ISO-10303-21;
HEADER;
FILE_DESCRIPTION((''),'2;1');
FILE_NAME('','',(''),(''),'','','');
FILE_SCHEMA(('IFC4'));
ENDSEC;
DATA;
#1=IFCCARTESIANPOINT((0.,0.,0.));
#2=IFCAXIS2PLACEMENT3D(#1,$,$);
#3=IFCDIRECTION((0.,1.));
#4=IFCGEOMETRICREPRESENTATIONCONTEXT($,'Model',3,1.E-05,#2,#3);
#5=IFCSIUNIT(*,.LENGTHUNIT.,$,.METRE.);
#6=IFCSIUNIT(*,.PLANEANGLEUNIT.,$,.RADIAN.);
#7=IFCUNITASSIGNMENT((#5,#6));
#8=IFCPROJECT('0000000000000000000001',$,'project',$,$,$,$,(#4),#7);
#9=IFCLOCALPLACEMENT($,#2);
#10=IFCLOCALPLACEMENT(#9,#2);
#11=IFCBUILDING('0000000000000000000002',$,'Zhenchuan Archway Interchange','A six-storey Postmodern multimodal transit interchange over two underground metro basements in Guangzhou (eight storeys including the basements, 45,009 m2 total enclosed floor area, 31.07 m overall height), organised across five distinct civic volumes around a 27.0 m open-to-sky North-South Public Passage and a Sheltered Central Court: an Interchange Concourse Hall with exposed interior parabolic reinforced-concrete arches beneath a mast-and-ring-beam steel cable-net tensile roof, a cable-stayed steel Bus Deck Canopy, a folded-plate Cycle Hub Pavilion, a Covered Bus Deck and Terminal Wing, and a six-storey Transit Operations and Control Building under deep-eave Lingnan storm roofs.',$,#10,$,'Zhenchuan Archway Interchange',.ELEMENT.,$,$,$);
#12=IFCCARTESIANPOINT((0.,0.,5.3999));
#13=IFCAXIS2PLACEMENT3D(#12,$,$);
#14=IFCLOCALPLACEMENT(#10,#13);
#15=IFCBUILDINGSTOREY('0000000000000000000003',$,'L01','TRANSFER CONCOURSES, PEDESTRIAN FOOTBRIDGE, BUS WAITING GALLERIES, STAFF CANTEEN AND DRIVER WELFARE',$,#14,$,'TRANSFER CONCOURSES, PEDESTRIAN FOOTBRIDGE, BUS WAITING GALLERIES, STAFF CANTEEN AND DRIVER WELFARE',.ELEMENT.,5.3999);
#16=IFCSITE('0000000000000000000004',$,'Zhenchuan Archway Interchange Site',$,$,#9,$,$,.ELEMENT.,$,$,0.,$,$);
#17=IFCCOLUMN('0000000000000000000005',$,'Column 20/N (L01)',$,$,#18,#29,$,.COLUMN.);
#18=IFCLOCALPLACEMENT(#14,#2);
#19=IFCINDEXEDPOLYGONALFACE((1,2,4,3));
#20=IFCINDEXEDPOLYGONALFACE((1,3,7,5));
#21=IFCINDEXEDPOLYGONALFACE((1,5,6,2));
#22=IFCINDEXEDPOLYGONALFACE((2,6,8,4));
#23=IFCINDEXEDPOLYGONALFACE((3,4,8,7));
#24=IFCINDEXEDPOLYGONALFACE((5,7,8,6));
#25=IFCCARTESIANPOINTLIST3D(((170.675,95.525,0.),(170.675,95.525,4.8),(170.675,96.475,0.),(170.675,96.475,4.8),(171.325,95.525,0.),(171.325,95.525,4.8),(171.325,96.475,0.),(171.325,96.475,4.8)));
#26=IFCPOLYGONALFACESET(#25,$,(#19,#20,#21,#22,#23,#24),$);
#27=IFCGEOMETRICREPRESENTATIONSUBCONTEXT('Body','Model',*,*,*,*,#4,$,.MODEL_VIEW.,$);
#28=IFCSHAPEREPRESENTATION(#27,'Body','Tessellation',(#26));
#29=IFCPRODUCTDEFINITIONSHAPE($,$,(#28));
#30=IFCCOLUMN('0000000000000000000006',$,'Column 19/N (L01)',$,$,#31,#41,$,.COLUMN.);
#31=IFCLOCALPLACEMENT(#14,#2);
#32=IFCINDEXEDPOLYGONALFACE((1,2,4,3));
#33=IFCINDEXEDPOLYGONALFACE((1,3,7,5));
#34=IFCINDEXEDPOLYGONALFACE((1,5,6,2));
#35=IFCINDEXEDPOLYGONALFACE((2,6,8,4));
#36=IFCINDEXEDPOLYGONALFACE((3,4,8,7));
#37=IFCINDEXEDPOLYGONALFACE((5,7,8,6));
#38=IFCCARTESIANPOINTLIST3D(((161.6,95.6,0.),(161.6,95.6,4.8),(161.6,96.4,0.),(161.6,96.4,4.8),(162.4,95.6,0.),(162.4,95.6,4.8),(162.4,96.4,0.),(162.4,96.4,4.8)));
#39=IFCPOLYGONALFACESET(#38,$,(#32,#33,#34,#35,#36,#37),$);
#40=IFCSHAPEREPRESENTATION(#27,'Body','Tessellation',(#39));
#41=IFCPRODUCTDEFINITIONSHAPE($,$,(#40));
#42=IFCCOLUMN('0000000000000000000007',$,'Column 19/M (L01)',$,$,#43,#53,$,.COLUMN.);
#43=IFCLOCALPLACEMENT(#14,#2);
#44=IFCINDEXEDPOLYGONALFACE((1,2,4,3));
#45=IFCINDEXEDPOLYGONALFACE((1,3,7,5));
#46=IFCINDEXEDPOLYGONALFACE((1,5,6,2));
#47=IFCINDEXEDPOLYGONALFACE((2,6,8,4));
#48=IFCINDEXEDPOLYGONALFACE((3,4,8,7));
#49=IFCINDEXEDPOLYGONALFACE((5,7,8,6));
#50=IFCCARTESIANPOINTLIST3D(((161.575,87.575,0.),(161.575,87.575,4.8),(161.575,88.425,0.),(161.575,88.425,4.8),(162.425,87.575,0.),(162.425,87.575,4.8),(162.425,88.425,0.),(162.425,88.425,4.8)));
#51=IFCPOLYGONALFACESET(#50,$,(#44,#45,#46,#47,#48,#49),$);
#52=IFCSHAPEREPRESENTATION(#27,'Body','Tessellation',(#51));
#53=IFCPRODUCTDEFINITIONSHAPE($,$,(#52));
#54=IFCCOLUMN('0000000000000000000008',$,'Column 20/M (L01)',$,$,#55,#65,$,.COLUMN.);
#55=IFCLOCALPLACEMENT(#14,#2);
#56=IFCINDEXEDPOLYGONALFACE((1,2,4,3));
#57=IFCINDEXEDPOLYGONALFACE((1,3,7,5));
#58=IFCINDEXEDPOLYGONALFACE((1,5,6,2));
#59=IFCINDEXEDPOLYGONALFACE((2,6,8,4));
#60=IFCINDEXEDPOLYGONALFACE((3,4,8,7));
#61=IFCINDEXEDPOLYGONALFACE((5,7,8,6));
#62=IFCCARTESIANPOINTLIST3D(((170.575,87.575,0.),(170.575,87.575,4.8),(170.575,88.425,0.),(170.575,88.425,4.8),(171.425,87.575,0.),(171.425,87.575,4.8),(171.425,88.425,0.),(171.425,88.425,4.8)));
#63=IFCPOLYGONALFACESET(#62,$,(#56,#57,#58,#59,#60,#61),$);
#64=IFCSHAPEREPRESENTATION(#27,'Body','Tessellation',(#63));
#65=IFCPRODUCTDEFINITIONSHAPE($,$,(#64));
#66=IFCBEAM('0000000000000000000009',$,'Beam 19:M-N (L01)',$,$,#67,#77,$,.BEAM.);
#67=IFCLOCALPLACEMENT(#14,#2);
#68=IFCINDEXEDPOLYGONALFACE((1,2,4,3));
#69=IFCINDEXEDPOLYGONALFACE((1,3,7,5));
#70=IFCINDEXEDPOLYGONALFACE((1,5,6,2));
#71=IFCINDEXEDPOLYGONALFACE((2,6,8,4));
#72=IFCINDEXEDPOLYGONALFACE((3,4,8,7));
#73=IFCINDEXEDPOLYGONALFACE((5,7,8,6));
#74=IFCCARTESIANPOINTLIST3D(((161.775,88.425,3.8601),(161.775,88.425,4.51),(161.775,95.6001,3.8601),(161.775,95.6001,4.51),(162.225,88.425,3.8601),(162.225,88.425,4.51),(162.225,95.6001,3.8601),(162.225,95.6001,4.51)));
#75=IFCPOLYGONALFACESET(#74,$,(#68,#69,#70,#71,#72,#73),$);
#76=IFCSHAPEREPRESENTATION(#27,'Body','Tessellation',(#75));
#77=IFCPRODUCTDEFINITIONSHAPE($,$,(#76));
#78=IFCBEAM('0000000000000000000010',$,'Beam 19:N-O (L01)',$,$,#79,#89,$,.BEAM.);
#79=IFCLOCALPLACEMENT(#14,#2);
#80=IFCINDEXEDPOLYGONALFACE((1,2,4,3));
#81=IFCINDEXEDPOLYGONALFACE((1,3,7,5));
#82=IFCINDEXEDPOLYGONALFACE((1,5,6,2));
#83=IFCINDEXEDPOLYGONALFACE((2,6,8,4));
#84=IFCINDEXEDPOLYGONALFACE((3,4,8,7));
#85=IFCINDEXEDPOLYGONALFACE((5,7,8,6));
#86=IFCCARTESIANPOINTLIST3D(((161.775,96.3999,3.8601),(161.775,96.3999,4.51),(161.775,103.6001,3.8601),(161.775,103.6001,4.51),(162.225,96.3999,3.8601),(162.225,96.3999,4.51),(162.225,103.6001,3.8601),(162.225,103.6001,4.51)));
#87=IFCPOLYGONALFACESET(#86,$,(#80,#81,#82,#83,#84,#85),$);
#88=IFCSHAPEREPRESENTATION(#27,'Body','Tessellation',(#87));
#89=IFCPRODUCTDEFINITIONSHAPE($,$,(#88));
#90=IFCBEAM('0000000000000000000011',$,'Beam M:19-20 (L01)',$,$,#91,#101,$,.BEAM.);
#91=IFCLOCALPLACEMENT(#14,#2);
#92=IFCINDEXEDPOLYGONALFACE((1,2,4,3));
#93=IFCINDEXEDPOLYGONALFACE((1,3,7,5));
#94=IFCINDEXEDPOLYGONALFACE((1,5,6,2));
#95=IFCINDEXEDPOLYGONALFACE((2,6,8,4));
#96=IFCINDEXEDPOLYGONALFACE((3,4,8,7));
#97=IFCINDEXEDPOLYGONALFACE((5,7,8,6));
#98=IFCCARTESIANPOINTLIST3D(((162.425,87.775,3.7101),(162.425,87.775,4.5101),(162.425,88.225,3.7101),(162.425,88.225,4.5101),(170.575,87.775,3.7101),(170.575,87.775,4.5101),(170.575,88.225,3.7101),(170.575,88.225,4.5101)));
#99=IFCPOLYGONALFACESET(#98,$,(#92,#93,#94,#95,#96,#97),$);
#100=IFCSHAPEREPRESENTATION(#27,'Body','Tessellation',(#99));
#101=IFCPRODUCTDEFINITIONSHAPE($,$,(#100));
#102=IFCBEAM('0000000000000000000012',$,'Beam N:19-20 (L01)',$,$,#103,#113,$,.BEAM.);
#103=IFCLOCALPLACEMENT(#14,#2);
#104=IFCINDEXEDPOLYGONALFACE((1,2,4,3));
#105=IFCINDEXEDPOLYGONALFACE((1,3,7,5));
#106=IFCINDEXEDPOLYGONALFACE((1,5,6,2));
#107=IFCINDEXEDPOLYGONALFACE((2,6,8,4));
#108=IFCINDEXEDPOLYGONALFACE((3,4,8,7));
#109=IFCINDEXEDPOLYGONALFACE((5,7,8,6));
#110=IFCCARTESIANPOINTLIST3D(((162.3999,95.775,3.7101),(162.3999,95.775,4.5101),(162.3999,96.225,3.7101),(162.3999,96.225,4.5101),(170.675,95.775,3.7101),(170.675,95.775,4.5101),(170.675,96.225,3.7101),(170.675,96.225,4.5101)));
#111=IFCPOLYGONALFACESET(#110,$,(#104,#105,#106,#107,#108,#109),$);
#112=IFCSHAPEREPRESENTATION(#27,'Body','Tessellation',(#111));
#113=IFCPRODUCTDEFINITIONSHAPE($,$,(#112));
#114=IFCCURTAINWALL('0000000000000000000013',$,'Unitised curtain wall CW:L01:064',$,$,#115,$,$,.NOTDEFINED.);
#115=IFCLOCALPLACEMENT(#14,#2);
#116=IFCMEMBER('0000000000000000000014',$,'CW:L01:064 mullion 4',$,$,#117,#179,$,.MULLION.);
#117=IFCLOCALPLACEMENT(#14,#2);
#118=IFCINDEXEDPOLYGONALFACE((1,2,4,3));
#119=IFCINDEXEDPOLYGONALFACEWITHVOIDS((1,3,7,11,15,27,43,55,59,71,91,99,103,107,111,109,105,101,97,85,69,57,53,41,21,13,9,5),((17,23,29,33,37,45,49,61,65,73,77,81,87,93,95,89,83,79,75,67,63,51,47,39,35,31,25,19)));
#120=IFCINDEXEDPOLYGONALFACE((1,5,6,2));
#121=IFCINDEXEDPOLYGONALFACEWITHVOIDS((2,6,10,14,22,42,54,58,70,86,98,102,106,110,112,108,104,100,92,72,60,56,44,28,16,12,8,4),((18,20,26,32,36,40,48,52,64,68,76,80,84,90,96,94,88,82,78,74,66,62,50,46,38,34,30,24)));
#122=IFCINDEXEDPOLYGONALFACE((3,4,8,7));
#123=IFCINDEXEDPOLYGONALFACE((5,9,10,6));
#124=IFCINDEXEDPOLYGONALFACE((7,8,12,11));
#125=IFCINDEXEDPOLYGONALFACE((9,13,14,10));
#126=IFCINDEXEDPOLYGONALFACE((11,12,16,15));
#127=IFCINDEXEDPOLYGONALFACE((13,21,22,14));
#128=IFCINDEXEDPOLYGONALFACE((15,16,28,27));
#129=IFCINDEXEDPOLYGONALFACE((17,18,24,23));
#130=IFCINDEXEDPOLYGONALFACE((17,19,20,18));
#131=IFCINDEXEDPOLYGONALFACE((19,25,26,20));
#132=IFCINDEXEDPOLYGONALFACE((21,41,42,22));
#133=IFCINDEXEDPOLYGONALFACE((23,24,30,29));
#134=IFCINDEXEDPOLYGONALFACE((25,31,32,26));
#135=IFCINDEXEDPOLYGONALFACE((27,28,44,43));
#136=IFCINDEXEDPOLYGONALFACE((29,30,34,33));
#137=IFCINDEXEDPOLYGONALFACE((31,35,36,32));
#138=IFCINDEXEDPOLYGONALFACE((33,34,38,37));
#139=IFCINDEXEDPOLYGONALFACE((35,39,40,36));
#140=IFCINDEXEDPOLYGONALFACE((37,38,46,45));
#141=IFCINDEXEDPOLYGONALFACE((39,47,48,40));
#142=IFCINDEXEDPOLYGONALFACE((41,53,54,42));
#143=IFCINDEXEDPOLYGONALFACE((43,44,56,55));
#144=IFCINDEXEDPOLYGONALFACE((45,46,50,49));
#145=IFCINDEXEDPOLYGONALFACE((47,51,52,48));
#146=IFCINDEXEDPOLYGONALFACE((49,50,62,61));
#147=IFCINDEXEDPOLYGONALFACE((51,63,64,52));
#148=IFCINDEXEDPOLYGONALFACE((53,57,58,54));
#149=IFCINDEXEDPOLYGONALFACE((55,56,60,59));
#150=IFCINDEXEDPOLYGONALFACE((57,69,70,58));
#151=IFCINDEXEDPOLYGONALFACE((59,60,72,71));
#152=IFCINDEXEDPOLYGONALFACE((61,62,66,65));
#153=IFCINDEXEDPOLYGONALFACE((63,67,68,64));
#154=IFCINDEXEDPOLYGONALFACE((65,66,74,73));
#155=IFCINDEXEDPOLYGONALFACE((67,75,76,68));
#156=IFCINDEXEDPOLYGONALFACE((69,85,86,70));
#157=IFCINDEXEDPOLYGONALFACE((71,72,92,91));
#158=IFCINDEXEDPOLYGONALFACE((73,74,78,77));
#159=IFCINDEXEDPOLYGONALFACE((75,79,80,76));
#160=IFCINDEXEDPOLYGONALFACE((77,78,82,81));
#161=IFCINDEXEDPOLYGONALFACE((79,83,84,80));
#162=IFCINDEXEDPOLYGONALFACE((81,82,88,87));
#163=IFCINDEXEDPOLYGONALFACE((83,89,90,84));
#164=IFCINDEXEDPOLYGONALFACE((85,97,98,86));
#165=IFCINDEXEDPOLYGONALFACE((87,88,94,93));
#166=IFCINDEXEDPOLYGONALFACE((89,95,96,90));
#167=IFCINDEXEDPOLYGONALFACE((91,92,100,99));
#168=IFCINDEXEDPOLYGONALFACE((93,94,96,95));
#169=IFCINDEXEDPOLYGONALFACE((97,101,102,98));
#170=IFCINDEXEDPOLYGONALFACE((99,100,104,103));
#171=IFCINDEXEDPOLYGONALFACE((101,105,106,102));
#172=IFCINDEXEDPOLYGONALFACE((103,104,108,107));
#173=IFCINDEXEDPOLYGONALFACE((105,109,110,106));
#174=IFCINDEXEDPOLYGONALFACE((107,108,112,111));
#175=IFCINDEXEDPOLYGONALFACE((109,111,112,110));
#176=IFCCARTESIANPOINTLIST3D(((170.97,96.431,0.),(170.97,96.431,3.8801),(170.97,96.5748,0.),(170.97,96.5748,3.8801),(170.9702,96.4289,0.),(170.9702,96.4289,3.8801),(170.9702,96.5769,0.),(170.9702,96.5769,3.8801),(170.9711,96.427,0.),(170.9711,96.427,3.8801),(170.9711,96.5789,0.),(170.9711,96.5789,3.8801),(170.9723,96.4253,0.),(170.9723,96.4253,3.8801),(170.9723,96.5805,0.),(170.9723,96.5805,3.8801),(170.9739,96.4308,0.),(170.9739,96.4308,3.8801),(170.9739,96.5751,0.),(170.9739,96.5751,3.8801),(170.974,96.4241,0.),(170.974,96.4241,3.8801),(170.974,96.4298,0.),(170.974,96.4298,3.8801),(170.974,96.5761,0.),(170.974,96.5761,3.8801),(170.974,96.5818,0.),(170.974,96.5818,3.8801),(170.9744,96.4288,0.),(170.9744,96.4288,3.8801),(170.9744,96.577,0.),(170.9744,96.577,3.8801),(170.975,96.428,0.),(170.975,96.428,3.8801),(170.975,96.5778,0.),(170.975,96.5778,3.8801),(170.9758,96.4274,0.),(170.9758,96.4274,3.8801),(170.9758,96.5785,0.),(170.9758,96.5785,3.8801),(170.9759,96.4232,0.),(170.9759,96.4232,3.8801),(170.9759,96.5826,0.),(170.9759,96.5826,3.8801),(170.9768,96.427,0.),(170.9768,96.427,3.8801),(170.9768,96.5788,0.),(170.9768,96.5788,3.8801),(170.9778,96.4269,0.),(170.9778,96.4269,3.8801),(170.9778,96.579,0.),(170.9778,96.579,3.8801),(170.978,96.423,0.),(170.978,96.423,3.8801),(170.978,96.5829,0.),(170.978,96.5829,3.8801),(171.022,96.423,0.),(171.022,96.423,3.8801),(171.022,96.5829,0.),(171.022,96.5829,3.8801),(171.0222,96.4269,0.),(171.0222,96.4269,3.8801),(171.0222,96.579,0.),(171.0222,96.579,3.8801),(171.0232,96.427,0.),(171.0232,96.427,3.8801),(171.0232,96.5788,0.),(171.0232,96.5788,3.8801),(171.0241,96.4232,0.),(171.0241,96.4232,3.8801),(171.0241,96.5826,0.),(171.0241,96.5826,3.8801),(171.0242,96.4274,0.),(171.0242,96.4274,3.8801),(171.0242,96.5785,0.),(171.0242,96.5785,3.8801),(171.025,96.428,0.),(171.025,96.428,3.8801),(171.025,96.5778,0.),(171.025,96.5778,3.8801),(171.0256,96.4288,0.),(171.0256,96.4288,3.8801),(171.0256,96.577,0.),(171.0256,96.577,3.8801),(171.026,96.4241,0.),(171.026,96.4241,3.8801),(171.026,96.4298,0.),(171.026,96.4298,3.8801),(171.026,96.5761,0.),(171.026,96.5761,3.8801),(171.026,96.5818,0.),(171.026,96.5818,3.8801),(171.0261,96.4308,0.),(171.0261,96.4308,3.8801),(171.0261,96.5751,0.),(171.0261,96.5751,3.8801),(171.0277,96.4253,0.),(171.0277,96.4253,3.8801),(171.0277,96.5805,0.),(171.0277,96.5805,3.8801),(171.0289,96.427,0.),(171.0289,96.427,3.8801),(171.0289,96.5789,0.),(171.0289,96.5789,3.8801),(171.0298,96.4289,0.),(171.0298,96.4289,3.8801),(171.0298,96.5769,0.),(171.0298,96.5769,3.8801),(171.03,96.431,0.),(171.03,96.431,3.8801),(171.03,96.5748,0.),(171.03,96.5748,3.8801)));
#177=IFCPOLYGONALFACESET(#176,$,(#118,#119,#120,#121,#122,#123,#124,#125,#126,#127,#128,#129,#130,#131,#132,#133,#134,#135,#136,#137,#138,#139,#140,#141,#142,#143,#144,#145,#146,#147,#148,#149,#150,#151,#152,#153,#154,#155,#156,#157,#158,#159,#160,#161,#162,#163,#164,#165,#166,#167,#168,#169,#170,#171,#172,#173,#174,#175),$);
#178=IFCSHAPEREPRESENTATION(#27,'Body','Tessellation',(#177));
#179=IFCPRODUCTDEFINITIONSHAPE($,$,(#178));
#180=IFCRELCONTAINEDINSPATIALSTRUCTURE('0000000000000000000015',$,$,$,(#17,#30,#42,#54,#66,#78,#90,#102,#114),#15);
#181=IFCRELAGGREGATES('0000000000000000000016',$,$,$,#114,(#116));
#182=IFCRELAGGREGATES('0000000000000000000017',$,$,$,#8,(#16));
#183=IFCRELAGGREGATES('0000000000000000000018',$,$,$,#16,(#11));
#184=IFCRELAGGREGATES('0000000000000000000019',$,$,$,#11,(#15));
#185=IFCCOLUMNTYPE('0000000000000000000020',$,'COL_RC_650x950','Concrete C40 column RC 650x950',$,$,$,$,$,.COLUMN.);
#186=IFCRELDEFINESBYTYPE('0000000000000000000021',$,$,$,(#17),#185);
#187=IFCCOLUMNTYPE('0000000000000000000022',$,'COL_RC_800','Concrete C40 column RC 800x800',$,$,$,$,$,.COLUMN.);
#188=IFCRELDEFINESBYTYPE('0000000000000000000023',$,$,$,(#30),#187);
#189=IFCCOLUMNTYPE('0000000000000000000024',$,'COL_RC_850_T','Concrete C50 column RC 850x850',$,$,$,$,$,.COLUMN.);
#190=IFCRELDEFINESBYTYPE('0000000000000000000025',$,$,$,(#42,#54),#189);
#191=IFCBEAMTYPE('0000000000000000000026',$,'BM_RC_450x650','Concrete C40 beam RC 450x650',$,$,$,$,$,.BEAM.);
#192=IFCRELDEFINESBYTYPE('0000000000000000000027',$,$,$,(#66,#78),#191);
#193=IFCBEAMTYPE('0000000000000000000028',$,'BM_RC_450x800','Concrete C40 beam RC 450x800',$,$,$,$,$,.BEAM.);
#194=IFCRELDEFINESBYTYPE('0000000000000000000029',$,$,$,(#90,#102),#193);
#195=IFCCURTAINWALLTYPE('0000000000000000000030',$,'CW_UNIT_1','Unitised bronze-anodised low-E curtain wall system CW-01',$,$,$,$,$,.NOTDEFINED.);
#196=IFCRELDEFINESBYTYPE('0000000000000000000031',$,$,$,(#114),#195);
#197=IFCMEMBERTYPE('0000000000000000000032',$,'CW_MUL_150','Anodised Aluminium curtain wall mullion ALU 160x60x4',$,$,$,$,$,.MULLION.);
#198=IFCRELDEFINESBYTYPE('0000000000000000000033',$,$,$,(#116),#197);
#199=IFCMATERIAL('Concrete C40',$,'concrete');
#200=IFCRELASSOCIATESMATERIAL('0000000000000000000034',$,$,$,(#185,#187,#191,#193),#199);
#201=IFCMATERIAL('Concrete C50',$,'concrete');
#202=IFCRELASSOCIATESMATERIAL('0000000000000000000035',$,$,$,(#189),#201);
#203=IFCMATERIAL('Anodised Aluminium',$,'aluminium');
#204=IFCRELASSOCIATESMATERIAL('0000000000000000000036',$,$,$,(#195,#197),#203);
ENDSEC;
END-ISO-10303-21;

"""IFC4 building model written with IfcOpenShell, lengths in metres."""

from ifc_helpers import new_model, si_unit, direction, frame, origin, origin_2d, place, context, subcontext, project, spatial, rectangle, hollow_rectangle, extrude, material, material_profile, profile_set, type_object, element, aggregate, save


model = new_model("IFC4")

# Units and contexts
model_context = context("Model", 3, precision=1e-05, world=origin(), true_north=direction((0.0, 1.0)))
body_context = subcontext(model_context, "Body", "Model", "MODEL_VIEW")
ifc_project = project(units=[si_unit("LENGTHUNIT", "METRE"), si_unit("PLANEANGLEUNIT", "RADIAN")], contexts=[model_context])

# Site, building, storey
site_placement = place(None, origin())
site = spatial("IfcSite", under=ifc_project, at=site_placement, Name="Zhenchuan Archway Interchange Site", CompositionType="ELEMENT", RefElevation=0.0)
building_placement = place(site_placement, origin())
building = spatial("IfcBuilding", under=site, at=building_placement, Name="Zhenchuan Archway Interchange", Description="A six-storey Postmodern multimodal transit interchange over two underground metro basements in Guangzhou (eight storeys including the basements, 45,009 m2 total enclosed floor area, 31.07 m overall height), organised across five distinct civic volumes around a 27.0 m open-to-sky North-South Public Passage and a Sheltered Central Court: an Interchange Concourse Hall with exposed interior parabolic reinforced-concrete arches beneath a mast-and-ring-beam steel cable-net tensile roof, a cable-stayed steel Bus Deck Canopy, a folded-plate Cycle Hub Pavilion, a Covered Bus Deck and Terminal Wing, and a six-storey Transit Operations and Control Building under deep-eave Lingnan storm roofs.", LongName="Zhenchuan Archway Interchange", CompositionType="ELEMENT")
storey_placement = place(building_placement, frame((0.0, 0.0, 5.3999)))
storey = spatial("IfcBuildingStorey", under=building, at=storey_placement, Name="L01", Description="TRANSFER CONCOURSES, PEDESTRIAN FOOTBRIDGE, BUS WAITING GALLERIES, STAFF CANTEEN AND DRIVER WELFARE", LongName="TRANSFER CONCOURSES, PEDESTRIAN FOOTBRIDGE, BUS WAITING GALLERIES, STAFF CANTEEN AND DRIVER WELFARE", CompositionType="ELEMENT", Elevation=5.3999)

# Columns
ifc_material_1 = material(Name="Concrete C40", Category="concrete")
ifc_material_profile_1 = material_profile(ifc_material_1, rectangle(XDim=0.6499, YDim=0.95, at=origin_2d()), Name="RC 650x950")
ifc_profile_set_1 = profile_set([ifc_material_profile_1], Name="Concrete C40")
column_type_1 = type_object("IfcColumnType", Name="COL_RC_650x950", Description="Concrete C40 column RC 650x950", PredefinedType="COLUMN", material=ifc_profile_set_1)
column_1_placement = place(storey_placement, frame((171.0, 96.0, 0.0), z_axis=(0.0, 0.0, 1.0), x_axis=(1.0, 0.0, 0.0)))
element("IfcColumn", 1, at=column_1_placement, inside=storey, type_object=column_type_1, Name="Column 20/N (L01)", PredefinedType="COLUMN", context=body_context, shape_type="SweptSolid", body=[
    extrude(rectangle(XDim=0.6499, YDim=0.95, at=origin_2d()), origin(), (0.0, 0.0, 1.0), 4.8),
])
ifc_material_profile_2 = material_profile(ifc_material_1, rectangle(XDim=0.8, YDim=0.8, at=origin_2d()), Name="RC 800x800")
ifc_profile_set_2 = profile_set([ifc_material_profile_2], Name="Concrete C40")
column_type_2 = type_object("IfcColumnType", Name="COL_RC_800", Description="Concrete C40 column RC 800x800", PredefinedType="COLUMN", material=ifc_profile_set_2)
column_2_placement = place(storey_placement, frame((162.0, 96.0, 0.0), z_axis=(0.0, 0.0, 1.0), x_axis=(1.0, 0.0, 0.0)))
element("IfcColumn", 2, at=column_2_placement, inside=storey, type_object=column_type_2, Name="Column 19/N (L01)", PredefinedType="COLUMN", context=body_context, shape_type="SweptSolid", body=[
    extrude(rectangle(XDim=0.8, YDim=0.8, at=origin_2d()), origin(), (0.0, 0.0, 1.0), 4.8),
])
ifc_material_2 = material(Name="Concrete C50", Category="concrete")
ifc_material_profile_3 = material_profile(ifc_material_2, rectangle(XDim=0.8501, YDim=0.8501, at=origin_2d()), Name="RC 850x850")
ifc_profile_set_3 = profile_set([ifc_material_profile_3], Name="Concrete C50")
column_type_3 = type_object("IfcColumnType", Name="COL_RC_850_T", Description="Concrete C50 column RC 850x850", PredefinedType="COLUMN", material=ifc_profile_set_3)
for number, where, z_axis, x_axis, name in (
    (3, (162.0, 88.0, 0.0), (0.0, 0.0, 1.0), (1.0, 0.0, 0.0), "Column 19/M (L01)"),
    (4, (171.0, 88.0, 0.0), (0.0, 0.0, 1.0), (1.0, 0.0, 0.0), "Column 20/M (L01)"),
):
    element("IfcColumn", number, at=place(storey_placement, frame(where, z_axis=z_axis, x_axis=x_axis)), inside=storey, type_object=column_type_3, Name=name, PredefinedType="COLUMN", context=body_context, shape_type="SweptSolid", body=[
        extrude(rectangle(XDim=0.8501, YDim=0.8501, at=origin_2d()), origin(), (0.0, 0.0, 1.0), 4.8),
    ])

# Beams
ifc_material_profile_4 = material_profile(ifc_material_1, rectangle(XDim=0.45, YDim=0.6499, at=origin_2d()), Name="RC 450x650")
ifc_profile_set_4 = profile_set([ifc_material_profile_4], Name="Concrete C40")
beam_type_1 = type_object("IfcBeamType", Name="BM_RC_450x650", Description="Concrete C40 beam RC 450x650", PredefinedType="BEAM", material=ifc_profile_set_4)
beam_1_placement = place(storey_placement, frame((162.0, 88.425, 4.1851), z_axis=(0.0, 1.0, 0.0), x_axis=(-1.0, 0.0, 0.0)))
element("IfcBeam", 5, at=beam_1_placement, inside=storey, type_object=beam_type_1, Name="Beam 19:M-N (L01)", PredefinedType="BEAM", context=body_context, shape_type="SweptSolid", body=[
    extrude(rectangle(XDim=0.45, YDim=0.6499, at=origin_2d()), origin(), (0.0, 0.0, 1.0), 7.175),
])
beam_2_placement = place(storey_placement, frame((162.0, 96.3999, 4.1851), z_axis=(0.0, 1.0, 0.0), x_axis=(-1.0, 0.0, 0.0)))
element("IfcBeam", 6, at=beam_2_placement, inside=storey, type_object=beam_type_1, Name="Beam 19:N-O (L01)", PredefinedType="BEAM", context=body_context, shape_type="SweptSolid", body=[
    extrude(rectangle(XDim=0.45, YDim=0.6499, at=origin_2d()), origin(), (0.0, 0.0, 1.0), 7.2002),
])
ifc_material_profile_5 = material_profile(ifc_material_1, rectangle(XDim=0.45, YDim=0.8, at=origin_2d()), Name="RC 450x800")
ifc_profile_set_5 = profile_set([ifc_material_profile_5], Name="Concrete C40")
beam_type_2 = type_object("IfcBeamType", Name="BM_RC_450x800", Description="Concrete C40 beam RC 450x800", PredefinedType="BEAM", material=ifc_profile_set_5)
beam_3_placement = place(storey_placement, frame((162.425, 88.0, 4.1101), z_axis=(1.0, 0.0, 0.0), x_axis=(0.0, 1.0, 0.0)))
element("IfcBeam", 7, at=beam_3_placement, inside=storey, type_object=beam_type_2, Name="Beam M:19-20 (L01)", PredefinedType="BEAM", context=body_context, shape_type="SweptSolid", body=[
    extrude(rectangle(XDim=0.45, YDim=0.8, at=origin_2d()), origin(), (0.0, 0.0, 1.0), 8.1499),
])
beam_4_placement = place(storey_placement, frame((162.3999, 96.0, 4.1101), z_axis=(1.0, 0.0, 0.0), x_axis=(0.0, 1.0, 0.0)))
element("IfcBeam", 8, at=beam_4_placement, inside=storey, type_object=beam_type_2, Name="Beam N:19-20 (L01)", PredefinedType="BEAM", context=body_context, shape_type="SweptSolid", body=[
    extrude(rectangle(XDim=0.45, YDim=0.8, at=origin_2d()), origin(), (0.0, 0.0, 1.0), 8.2751),
])

# Curtain wall, member
ifc_material_3 = material(Name="Anodised Aluminium", Category="aluminium")
curtain_wall_type = type_object("IfcCurtainWallType", Name="CW_UNIT_1", Description="Unitised bronze-anodised low-E curtain wall system CW-01", PredefinedType="NOTDEFINED", material=ifc_material_3)
curtain_wall_placement = place(storey_placement, origin())
curtain_wall = element("IfcCurtainWall", 9, at=curtain_wall_placement, inside=storey, type_object=curtain_wall_type, Name="Unitised curtain wall CW:L01:064", PredefinedType="NOTDEFINED")
ifc_material_profile_6 = material_profile(ifc_material_3, hollow_rectangle(XDim=0.0601, YDim=0.1599, WallThickness=0.0039, InnerFilletRadius=0.0039, OuterFilletRadius=0.0081, at=origin_2d()), Name="ALU 160x60x4")
ifc_profile_set_6 = profile_set([ifc_material_profile_6], Name="Anodised Aluminium")
member_type_1 = type_object("IfcMemberType", Name="CW_MUL_150", Description="Anodised Aluminium curtain wall mullion ALU 160x60x4", PredefinedType="MULLION", material=ifc_profile_set_6)
member_1_placement = place(storey_placement, frame((171.0, 96.5029, 0.0), z_axis=(0.0, 0.0, 1.0), x_axis=(1.0, 0.0, 0.0)))
member_1 = element("IfcMember", 10, at=member_1_placement, type_object=member_type_1, Name="CW:L01:064 mullion 4", PredefinedType="MULLION", context=body_context, shape_type="SweptSolid", body=[
    extrude(hollow_rectangle(XDim=0.0601, YDim=0.1599, WallThickness=0.0039, InnerFilletRadius=0.0039, OuterFilletRadius=0.0081, at=origin_2d()), origin(), (0.0, 0.0, 1.0), 3.8801),
])

aggregate(curtain_wall, [member_1])

save(model, "model.ifc")
